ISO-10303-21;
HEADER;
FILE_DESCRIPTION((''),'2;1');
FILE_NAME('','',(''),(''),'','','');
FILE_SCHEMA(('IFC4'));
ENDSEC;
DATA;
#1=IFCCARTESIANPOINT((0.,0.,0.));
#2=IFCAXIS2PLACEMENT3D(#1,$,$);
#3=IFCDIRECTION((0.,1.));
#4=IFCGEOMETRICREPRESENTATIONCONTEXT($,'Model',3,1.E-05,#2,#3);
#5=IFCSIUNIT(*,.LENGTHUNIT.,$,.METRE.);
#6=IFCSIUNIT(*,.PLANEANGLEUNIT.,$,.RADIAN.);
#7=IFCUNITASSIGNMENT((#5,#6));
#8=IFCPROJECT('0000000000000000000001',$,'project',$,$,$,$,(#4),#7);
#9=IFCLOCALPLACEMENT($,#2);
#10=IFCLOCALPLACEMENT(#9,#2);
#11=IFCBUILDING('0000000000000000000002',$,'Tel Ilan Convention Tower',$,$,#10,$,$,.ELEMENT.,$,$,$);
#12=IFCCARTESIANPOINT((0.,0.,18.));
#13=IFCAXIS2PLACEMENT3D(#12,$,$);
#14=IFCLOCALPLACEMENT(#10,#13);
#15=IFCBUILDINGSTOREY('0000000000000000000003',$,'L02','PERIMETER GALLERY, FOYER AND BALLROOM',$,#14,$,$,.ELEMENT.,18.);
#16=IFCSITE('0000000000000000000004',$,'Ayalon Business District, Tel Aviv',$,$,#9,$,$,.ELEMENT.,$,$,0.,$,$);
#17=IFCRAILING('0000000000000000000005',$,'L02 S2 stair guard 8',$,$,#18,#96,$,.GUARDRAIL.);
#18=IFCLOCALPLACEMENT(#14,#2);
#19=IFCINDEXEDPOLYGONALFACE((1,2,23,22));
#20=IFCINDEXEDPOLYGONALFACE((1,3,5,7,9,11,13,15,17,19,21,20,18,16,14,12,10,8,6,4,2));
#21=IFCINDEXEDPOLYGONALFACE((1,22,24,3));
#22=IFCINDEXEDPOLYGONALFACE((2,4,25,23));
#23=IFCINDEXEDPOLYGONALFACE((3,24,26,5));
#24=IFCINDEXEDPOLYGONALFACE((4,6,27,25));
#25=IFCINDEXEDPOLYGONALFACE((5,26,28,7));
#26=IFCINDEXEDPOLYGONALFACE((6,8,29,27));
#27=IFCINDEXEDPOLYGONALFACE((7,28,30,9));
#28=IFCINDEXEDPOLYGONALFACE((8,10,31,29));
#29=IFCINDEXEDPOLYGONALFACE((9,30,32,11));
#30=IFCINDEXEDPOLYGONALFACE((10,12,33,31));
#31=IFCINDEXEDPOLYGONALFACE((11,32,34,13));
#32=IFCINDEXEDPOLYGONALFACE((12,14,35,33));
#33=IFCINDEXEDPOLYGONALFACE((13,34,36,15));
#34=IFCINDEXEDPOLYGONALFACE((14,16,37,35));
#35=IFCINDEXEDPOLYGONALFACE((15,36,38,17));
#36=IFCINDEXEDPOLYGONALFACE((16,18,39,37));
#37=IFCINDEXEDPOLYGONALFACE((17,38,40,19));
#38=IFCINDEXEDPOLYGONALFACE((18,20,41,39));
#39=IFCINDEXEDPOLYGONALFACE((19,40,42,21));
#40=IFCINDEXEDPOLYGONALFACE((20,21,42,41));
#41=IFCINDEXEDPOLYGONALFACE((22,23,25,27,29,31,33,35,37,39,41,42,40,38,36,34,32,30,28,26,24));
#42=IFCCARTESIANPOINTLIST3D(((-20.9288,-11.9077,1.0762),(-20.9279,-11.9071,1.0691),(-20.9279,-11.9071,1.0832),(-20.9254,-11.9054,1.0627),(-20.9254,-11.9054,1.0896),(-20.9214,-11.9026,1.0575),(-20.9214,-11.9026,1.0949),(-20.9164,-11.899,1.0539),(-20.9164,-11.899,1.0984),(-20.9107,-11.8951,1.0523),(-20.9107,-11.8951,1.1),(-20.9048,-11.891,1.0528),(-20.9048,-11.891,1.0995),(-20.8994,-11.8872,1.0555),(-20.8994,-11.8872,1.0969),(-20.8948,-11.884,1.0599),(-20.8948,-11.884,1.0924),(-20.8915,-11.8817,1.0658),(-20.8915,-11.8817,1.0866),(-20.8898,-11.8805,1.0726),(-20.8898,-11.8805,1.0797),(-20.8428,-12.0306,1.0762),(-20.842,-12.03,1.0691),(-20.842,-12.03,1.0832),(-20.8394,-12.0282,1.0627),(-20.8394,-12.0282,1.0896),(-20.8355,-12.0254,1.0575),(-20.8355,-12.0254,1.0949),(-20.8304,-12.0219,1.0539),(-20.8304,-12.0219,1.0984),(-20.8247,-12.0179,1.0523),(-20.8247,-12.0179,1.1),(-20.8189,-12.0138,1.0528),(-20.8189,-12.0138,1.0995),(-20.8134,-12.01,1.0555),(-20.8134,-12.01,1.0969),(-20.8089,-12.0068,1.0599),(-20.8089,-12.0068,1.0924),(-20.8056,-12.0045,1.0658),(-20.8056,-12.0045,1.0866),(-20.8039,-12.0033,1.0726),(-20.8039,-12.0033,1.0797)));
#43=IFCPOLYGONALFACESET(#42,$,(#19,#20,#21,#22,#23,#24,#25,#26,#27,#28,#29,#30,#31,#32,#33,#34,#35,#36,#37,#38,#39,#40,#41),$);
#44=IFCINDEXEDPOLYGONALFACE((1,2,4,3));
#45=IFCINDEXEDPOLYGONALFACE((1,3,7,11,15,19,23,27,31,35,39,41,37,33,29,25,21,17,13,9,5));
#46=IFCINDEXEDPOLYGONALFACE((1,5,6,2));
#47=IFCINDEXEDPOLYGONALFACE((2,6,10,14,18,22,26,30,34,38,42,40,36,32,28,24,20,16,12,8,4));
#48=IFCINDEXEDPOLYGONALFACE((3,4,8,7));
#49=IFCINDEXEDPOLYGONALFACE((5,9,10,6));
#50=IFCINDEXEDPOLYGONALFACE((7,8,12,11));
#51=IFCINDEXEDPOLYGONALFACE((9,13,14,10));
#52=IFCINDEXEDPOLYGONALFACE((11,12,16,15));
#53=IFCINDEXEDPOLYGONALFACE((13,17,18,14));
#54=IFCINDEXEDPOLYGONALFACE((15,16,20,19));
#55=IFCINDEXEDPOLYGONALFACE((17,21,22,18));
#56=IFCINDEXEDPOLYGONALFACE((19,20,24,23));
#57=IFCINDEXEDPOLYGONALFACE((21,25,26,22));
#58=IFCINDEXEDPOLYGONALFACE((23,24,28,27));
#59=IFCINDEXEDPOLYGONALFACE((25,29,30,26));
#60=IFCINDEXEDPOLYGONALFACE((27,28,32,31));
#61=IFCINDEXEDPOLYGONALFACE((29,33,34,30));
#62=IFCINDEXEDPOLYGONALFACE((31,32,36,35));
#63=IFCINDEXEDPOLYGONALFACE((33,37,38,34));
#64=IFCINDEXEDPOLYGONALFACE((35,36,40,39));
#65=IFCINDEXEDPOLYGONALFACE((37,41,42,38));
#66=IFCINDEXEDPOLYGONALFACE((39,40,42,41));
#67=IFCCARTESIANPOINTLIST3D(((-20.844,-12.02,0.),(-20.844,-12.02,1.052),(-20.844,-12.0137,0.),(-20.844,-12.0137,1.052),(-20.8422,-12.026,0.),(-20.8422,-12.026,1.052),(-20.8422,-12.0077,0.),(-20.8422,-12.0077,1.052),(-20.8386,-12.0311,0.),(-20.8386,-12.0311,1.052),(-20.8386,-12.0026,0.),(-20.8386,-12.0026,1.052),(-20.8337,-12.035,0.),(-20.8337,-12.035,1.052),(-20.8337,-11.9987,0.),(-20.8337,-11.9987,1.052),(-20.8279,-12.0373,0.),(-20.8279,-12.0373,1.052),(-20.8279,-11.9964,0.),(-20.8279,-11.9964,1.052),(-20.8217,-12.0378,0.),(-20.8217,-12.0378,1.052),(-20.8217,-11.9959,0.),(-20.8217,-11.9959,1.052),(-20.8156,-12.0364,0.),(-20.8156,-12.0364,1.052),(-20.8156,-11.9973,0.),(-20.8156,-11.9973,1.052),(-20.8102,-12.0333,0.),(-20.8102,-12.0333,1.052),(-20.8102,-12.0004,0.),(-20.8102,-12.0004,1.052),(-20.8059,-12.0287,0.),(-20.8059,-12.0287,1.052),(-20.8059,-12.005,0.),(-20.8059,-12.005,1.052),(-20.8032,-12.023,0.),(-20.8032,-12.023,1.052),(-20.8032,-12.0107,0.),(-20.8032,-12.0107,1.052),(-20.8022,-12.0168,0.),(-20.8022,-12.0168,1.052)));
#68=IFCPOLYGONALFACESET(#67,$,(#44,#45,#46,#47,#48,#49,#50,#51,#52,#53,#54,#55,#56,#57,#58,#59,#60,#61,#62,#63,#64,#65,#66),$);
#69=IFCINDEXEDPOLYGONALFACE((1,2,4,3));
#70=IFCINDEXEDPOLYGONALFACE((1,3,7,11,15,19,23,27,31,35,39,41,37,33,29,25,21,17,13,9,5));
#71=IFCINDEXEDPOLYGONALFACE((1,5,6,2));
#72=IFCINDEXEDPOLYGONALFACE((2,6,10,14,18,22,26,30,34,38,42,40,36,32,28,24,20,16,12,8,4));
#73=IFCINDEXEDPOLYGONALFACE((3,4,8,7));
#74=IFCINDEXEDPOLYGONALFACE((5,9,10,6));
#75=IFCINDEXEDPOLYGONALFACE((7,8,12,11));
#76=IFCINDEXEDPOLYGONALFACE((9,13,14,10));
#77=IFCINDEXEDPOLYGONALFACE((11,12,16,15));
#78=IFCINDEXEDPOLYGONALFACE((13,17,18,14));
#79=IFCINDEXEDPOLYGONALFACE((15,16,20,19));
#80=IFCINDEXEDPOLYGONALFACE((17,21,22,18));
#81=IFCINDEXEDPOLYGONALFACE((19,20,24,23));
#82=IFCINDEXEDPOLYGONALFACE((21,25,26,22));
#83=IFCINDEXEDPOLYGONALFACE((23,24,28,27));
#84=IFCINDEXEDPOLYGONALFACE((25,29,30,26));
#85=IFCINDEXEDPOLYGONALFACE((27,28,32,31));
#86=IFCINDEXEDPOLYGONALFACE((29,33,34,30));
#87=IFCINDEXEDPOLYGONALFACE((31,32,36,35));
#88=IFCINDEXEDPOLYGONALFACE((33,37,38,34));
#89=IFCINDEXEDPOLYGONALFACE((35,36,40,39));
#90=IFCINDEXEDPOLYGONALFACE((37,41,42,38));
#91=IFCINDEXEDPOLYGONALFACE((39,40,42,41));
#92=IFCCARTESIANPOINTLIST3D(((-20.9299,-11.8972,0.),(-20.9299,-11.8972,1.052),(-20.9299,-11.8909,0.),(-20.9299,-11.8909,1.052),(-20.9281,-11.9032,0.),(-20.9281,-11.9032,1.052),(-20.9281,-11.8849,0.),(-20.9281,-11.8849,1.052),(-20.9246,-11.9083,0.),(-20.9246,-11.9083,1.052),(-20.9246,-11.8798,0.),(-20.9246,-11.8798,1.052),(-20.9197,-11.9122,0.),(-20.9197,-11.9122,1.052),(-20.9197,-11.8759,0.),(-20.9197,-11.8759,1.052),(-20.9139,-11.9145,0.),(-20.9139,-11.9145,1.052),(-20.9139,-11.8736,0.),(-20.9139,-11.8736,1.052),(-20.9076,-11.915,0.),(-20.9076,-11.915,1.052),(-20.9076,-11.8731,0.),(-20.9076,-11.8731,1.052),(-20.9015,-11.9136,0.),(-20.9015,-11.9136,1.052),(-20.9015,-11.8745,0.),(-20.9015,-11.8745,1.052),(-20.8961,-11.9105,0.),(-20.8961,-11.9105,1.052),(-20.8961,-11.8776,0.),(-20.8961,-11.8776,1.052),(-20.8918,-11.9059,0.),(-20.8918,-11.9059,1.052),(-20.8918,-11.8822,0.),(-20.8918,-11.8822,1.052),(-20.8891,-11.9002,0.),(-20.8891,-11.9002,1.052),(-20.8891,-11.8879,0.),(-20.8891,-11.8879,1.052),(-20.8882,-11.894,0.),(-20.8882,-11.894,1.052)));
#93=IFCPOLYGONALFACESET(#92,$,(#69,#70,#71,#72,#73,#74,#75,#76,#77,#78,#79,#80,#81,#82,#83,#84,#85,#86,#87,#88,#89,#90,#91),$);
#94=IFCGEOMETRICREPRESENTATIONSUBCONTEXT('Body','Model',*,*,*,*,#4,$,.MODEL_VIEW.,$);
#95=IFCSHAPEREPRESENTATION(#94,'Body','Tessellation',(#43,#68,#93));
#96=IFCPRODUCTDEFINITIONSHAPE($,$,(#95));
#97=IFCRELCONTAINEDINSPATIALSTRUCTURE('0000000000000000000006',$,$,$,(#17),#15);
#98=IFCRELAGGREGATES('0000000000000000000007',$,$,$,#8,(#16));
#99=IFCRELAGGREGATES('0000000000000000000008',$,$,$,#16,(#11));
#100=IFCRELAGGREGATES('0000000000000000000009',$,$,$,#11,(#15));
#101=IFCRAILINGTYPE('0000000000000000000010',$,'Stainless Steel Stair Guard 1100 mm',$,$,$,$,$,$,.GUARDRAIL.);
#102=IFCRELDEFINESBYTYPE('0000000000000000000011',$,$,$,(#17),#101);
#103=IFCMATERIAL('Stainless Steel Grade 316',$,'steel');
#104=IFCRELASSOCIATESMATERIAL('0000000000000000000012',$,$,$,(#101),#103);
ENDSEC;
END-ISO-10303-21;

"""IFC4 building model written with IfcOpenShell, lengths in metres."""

from ifc_helpers import new_model, si_unit, direction, frame, origin, origin_2d, place, context, subcontext, project, spatial, circle, extrude, material, type_object, element, save


model = new_model("IFC4")

# Units and contexts
model_context = context("Model", 3, precision=1e-05, world=origin(), true_north=direction((0.0, 1.0)))
body_context = subcontext(model_context, "Body", "Model", "MODEL_VIEW")
ifc_project = project(units=[si_unit("LENGTHUNIT", "METRE"), si_unit("PLANEANGLEUNIT", "RADIAN")], contexts=[model_context])

# Site, building, storey
site_placement = place(None, origin())
site = spatial("IfcSite", under=ifc_project, at=site_placement, Name="Ayalon Business District, Tel Aviv", CompositionType="ELEMENT", RefElevation=0.0)
building_placement = place(site_placement, origin())
building = spatial("IfcBuilding", under=site, at=building_placement, Name="Tel Ilan Convention Tower", CompositionType="ELEMENT")
storey_placement = place(building_placement, frame((0.0, 0.0, 18.0)))
storey = spatial("IfcBuildingStorey", under=building, at=storey_placement, Name="L02", Description="PERIMETER GALLERY, FOYER AND BALLROOM", CompositionType="ELEMENT", Elevation=18.0)

# Railing
ifc_material_1 = material(Name="Stainless Steel Grade 316", Category="steel")
railing_type_1 = type_object("IfcRailingType", Name="Stainless Steel Stair Guard 1100 mm", PredefinedType="GUARDRAIL", material=ifc_material_1)
railing_1_placement = place(storey_placement, frame((-20.8232, -12.0168, 0.0)))
element("IfcRailing", 1, at=railing_1_placement, inside=storey, type_object=railing_type_1, Name="L02 S2 stair guard 8", PredefinedType="GUARDRAIL", context=body_context, shape_type="SweptSolid", body=[
    extrude(circle(Radius=0.0239, at=origin_2d()), frame((0.0, 0.0, 1.0762), z_axis=(-0.573353, 0.819308, 0.0), x_axis=(-0.819308, -0.573353, 0.0)), (0.0, 0.0, 1.0), 0.1499),
    extrude(circle(Radius=0.021, at=origin_2d()), origin(), (0.0, 0.0, 1.0), 1.052),
    extrude(circle(Radius=0.021, at=origin_2d()), frame((-0.0859, 0.1228, 0.0)), (0.0, 0.0, 1.0), 1.052),
])

save(model, "model.ifc")
